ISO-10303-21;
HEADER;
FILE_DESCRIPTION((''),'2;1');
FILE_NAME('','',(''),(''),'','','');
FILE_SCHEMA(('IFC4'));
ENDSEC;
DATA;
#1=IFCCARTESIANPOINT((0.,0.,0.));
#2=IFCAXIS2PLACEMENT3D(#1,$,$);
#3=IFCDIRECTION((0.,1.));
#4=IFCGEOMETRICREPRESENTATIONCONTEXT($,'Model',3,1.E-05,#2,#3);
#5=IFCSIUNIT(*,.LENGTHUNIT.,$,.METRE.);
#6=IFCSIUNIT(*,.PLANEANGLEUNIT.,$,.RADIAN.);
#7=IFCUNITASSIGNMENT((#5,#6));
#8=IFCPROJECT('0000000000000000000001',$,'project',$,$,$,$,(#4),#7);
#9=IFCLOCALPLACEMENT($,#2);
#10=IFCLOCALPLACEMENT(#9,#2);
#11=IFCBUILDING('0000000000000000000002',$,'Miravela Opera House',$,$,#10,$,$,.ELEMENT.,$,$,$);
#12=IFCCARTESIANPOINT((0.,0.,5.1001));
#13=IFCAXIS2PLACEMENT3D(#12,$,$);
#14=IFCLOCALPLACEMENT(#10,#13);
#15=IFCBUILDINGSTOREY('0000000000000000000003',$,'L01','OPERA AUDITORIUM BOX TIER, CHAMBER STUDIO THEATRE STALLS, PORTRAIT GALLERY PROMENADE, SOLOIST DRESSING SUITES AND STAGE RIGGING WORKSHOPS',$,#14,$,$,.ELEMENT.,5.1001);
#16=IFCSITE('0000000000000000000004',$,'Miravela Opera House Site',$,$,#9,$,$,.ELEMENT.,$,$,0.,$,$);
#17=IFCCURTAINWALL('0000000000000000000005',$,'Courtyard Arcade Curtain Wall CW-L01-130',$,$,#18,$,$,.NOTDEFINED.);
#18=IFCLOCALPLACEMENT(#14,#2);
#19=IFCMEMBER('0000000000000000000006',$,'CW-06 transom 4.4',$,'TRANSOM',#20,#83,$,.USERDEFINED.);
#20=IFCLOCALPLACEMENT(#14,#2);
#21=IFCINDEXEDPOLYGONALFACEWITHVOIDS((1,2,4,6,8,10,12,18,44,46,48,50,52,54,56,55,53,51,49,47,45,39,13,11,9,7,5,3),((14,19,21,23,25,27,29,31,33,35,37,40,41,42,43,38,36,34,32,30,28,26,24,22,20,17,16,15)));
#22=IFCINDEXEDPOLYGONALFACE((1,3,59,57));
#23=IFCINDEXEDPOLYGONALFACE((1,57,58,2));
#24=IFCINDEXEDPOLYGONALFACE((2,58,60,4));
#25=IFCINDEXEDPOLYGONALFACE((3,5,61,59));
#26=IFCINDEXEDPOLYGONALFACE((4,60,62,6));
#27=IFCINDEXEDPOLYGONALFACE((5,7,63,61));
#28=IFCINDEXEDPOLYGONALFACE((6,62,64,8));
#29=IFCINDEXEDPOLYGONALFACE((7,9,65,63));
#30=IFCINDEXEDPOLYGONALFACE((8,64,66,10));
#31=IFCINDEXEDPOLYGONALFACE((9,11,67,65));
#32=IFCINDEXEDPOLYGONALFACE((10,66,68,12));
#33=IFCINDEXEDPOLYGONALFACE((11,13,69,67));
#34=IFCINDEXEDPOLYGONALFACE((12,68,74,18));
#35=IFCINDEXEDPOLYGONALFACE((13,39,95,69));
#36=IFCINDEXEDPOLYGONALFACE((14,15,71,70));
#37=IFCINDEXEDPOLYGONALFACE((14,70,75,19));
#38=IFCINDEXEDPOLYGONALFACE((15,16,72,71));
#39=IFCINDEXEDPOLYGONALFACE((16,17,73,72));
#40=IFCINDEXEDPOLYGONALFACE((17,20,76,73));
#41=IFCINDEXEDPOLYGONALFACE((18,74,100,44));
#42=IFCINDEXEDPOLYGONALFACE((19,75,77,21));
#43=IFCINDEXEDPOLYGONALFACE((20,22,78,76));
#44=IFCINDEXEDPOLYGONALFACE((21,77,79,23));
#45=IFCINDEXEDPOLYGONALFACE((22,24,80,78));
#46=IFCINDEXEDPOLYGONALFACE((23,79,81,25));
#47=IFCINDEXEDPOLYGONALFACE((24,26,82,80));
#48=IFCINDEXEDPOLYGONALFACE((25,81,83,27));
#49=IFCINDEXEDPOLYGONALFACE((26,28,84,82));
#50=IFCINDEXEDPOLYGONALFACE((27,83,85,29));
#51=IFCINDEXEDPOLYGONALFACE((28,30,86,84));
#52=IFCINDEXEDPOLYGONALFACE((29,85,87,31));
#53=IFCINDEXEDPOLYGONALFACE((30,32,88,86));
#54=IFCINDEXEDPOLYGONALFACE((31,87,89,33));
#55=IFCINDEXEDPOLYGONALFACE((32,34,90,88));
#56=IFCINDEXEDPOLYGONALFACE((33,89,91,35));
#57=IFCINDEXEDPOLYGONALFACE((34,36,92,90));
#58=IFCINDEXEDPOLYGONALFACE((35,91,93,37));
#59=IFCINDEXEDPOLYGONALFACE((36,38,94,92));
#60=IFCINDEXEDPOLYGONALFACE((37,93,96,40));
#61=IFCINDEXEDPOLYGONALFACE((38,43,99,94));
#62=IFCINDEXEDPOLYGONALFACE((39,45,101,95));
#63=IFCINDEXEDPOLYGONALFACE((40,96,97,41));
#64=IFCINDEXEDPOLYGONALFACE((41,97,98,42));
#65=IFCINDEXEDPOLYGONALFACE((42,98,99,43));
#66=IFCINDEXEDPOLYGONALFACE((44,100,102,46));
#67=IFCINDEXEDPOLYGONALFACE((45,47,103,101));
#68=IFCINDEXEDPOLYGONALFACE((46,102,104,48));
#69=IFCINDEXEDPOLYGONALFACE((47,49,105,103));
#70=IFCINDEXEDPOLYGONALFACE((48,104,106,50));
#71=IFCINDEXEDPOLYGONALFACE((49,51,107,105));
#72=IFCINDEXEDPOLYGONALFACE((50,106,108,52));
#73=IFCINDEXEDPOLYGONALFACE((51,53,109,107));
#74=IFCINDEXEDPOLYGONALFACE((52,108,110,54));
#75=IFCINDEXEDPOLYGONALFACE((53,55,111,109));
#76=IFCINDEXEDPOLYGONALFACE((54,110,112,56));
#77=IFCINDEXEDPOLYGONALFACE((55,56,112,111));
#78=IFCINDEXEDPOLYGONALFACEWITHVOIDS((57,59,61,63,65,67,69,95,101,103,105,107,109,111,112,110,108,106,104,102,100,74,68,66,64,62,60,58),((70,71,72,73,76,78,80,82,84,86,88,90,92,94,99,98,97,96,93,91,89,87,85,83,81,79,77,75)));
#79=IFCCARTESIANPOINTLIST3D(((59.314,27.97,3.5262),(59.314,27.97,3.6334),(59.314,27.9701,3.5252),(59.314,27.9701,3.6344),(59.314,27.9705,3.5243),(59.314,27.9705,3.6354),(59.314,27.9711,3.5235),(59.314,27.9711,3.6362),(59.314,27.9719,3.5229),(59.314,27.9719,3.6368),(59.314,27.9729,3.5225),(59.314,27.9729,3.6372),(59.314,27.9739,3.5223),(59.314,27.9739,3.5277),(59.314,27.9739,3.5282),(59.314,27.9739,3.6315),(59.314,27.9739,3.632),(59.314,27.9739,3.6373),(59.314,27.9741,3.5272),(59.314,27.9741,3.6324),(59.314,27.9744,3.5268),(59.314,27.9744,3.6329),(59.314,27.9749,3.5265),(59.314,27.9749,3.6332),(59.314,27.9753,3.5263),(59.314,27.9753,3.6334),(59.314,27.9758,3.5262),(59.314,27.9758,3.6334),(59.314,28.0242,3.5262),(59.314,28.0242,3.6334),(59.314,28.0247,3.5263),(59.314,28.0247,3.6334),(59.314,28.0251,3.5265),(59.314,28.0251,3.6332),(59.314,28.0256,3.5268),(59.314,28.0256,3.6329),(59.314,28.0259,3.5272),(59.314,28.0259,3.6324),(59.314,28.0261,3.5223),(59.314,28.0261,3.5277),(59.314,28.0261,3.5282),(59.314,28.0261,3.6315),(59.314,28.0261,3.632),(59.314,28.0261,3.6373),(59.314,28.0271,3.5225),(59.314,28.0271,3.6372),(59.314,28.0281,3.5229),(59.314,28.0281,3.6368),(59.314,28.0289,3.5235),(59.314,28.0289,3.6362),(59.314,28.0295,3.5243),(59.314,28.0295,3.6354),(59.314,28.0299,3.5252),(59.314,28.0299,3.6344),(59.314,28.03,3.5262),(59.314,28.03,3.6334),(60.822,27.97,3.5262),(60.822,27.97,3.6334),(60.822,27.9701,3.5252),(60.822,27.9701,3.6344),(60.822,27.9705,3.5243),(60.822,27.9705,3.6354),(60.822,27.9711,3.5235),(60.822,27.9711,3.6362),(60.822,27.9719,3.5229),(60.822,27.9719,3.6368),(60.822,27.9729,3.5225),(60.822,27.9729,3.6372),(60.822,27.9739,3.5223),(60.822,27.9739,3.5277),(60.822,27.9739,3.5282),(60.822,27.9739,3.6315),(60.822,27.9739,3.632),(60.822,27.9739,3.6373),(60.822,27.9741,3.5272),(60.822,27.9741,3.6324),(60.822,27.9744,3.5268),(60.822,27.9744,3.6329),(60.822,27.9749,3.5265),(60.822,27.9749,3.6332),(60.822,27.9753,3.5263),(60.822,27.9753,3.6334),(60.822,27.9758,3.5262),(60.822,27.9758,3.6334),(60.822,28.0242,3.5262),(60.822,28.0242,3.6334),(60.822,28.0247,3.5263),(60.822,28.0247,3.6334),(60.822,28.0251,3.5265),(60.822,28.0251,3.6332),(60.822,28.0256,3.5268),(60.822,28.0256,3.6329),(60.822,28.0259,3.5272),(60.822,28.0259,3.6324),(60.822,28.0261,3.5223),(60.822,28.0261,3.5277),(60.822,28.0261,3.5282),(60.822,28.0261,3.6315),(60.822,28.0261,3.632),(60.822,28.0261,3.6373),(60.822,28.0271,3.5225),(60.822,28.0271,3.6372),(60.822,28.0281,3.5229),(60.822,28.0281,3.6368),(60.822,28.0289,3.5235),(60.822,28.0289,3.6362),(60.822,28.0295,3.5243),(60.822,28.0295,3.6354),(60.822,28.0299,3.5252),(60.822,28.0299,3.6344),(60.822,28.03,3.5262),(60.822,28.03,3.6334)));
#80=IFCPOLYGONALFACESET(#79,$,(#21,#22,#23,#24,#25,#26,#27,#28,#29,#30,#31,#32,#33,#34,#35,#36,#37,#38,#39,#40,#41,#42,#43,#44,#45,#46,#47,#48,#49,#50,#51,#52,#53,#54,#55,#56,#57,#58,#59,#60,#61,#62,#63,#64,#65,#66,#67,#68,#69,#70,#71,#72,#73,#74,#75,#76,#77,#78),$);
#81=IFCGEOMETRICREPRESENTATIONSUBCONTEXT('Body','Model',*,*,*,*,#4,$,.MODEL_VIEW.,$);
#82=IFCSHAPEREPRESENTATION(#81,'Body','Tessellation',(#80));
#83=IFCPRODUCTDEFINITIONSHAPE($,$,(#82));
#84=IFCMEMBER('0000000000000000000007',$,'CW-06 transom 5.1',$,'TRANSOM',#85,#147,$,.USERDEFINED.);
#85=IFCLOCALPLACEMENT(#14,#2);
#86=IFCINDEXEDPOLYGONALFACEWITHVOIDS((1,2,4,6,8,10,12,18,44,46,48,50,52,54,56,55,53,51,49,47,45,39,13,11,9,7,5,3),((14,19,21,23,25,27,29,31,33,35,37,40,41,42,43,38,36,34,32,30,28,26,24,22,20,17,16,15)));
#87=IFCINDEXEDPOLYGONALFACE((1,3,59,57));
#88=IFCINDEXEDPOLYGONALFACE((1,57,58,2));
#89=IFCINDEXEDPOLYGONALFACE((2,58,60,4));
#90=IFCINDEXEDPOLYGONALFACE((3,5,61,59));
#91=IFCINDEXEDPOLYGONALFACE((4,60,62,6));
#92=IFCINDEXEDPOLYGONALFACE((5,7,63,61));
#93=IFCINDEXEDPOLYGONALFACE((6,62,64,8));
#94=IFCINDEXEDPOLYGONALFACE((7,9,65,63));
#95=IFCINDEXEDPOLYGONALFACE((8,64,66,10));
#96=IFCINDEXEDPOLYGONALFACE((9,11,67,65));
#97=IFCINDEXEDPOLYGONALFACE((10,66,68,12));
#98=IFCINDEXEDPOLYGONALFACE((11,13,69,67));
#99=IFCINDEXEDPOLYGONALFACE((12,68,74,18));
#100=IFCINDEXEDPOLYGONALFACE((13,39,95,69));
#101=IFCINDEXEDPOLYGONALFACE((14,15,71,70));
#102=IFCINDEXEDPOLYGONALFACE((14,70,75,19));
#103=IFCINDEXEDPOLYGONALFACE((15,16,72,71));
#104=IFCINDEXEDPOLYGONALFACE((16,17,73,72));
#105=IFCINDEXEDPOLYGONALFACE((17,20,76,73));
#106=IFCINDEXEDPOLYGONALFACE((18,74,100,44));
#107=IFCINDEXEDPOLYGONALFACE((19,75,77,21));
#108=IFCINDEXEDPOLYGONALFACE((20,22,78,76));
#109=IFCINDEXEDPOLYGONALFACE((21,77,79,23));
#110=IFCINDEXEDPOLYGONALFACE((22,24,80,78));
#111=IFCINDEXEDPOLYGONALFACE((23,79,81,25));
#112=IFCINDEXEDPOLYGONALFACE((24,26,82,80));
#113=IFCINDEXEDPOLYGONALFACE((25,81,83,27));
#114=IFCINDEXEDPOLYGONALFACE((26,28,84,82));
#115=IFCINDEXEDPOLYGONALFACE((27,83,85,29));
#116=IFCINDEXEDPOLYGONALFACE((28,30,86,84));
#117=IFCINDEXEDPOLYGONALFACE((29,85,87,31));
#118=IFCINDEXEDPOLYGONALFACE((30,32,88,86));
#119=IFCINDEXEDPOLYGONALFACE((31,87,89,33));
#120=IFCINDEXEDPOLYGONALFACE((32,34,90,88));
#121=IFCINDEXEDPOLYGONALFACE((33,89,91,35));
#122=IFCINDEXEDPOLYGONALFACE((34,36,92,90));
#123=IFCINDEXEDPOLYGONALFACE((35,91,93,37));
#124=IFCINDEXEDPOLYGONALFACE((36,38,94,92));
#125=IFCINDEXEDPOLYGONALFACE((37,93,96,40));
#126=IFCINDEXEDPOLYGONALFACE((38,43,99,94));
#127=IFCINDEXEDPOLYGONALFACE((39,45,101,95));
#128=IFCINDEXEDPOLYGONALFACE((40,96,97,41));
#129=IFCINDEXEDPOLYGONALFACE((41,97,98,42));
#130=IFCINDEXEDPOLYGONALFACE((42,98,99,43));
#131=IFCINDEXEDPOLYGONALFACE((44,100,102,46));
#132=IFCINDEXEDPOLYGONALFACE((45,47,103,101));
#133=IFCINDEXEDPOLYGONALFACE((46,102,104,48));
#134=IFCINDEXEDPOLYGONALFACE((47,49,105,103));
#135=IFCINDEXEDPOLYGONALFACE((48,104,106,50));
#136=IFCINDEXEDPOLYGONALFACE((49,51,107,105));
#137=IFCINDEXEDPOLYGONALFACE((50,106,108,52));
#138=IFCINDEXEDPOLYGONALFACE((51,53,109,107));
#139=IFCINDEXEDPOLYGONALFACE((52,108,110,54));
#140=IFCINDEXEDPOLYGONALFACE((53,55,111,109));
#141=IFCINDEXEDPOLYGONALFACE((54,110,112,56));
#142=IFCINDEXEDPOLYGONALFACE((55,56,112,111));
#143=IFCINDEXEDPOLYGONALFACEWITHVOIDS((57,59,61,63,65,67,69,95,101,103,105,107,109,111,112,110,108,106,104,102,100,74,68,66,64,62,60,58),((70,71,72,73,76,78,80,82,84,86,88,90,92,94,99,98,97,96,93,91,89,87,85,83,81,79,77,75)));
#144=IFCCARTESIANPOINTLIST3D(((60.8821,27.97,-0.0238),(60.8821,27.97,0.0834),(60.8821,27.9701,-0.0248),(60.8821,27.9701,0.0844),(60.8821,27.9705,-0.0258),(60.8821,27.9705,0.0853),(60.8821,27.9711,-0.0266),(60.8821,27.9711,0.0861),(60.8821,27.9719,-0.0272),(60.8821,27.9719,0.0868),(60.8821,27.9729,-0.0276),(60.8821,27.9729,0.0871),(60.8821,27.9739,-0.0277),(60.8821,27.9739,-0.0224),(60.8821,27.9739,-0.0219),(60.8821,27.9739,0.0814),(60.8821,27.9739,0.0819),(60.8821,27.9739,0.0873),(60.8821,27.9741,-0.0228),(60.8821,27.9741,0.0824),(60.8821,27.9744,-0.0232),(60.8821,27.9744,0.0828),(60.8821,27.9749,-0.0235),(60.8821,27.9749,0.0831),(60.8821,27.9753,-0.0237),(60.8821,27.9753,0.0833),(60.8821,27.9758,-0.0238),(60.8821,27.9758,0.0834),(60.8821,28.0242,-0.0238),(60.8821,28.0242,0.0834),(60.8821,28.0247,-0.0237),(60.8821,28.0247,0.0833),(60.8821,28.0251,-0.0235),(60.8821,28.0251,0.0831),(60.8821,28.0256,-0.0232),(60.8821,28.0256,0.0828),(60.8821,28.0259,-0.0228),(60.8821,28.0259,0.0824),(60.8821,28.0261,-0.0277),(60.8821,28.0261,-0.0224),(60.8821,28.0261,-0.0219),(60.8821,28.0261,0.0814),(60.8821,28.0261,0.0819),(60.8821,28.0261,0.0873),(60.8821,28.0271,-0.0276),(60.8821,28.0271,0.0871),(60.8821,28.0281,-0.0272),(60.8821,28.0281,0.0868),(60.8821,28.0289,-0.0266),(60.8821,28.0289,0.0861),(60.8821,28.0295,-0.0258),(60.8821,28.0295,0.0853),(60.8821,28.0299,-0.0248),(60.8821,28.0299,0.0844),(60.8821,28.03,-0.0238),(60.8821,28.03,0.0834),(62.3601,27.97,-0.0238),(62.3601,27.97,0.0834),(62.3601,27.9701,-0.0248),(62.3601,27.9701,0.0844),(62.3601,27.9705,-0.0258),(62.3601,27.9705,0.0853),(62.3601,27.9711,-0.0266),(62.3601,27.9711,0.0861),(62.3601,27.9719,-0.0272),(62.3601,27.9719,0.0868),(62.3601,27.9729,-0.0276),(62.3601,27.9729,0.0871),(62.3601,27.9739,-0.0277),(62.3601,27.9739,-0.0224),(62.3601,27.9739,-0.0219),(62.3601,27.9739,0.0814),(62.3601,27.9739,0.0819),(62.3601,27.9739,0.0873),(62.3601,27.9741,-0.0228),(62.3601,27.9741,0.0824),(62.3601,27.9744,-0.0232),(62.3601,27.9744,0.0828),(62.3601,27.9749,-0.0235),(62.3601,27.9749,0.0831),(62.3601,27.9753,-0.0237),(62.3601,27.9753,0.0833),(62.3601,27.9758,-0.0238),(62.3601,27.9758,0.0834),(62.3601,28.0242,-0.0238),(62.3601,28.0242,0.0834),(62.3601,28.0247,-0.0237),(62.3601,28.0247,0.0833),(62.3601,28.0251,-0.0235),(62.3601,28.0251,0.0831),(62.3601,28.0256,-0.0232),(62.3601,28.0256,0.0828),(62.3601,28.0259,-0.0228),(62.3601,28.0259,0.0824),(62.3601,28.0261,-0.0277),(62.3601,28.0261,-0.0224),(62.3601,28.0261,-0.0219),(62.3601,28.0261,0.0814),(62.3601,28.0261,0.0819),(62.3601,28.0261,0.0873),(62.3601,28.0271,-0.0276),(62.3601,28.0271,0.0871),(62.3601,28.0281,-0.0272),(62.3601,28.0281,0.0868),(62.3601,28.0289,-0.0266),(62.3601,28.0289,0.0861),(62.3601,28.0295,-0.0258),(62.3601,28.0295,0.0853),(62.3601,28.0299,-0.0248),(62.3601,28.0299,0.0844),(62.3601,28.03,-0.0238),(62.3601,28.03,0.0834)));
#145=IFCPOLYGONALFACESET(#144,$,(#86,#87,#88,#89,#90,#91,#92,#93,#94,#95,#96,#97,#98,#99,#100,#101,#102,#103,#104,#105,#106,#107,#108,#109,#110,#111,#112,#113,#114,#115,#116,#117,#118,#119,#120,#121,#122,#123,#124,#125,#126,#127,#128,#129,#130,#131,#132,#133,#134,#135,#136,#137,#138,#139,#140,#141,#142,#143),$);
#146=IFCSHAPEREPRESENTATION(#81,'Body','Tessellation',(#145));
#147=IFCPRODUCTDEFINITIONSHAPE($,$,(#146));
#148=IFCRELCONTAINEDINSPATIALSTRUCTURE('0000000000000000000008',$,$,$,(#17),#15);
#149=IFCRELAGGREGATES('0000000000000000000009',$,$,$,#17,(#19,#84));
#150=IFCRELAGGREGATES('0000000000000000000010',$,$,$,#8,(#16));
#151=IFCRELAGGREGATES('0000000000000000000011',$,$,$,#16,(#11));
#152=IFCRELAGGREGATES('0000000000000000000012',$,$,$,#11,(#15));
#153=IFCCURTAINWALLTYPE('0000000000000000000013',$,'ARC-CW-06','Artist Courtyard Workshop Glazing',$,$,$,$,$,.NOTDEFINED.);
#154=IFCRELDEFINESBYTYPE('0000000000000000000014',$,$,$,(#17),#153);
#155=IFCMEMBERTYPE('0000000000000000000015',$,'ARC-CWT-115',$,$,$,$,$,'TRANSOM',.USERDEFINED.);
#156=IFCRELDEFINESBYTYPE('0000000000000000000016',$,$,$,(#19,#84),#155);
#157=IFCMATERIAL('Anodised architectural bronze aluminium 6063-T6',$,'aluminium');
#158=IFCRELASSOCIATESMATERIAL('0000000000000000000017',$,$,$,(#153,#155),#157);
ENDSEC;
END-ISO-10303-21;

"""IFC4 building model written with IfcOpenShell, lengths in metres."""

from ifc_helpers import new_model, si_unit, direction, frame, origin, origin_2d, place, context, subcontext, project, spatial, hollow_rectangle, extrude, material, material_profile, profile_set, type_object, element, aggregate, save


model = new_model("IFC4")

# Units and contexts
model_context = context("Model", 3, precision=1e-05, world=origin(), true_north=direction((0.0, 1.0)))
body_context = subcontext(model_context, "Body", "Model", "MODEL_VIEW")
ifc_project = project(units=[si_unit("LENGTHUNIT", "METRE"), si_unit("PLANEANGLEUNIT", "RADIAN")], contexts=[model_context])

# Site, building, storey
site_placement = place(None, origin())
site = spatial("IfcSite", under=ifc_project, at=site_placement, Name="Miravela Opera House Site", CompositionType="ELEMENT", RefElevation=0.0)
building_placement = place(site_placement, origin())
building = spatial("IfcBuilding", under=site, at=building_placement, Name="Miravela Opera House", CompositionType="ELEMENT")
storey_placement = place(building_placement, frame((0.0, 0.0, 5.1001)))
storey = spatial("IfcBuildingStorey", under=building, at=storey_placement, Name="L01", Description="OPERA AUDITORIUM BOX TIER, CHAMBER STUDIO THEATRE STALLS, PORTRAIT GALLERY PROMENADE, SOLOIST DRESSING SUITES AND STAGE RIGGING WORKSHOPS", CompositionType="ELEMENT", Elevation=5.1001)

# Curtain wall
ifc_material_1 = material(Name="Anodised architectural bronze aluminium 6063-T6", Category="aluminium")
curtain_wall_type = type_object("IfcCurtainWallType", Name="ARC-CW-06", Description="Artist Courtyard Workshop Glazing", PredefinedType="NOTDEFINED", material=ifc_material_1)
curtain_wall_1_placement = place(storey_placement, origin())
curtain_wall_1 = element("IfcCurtainWall", 1, at=curtain_wall_1_placement, inside=storey, type_object=curtain_wall_type, Name="Courtyard Arcade Curtain Wall CW-L01-130", PredefinedType="NOTDEFINED")

# Members
ifc_material_profile_1 = material_profile(ifc_material_1, hollow_rectangle(XDim=0.0601, YDim=0.115, WallThickness=0.0039, InnerFilletRadius=0.002, OuterFilletRadius=0.0039, at=origin_2d()), Name="CWT-60X115")
ifc_profile_set_1 = profile_set([ifc_material_profile_1])
member_type_1 = type_object("IfcMemberType", Name="ARC-CWT-115", ElementType="TRANSOM", PredefinedType="USERDEFINED", material=ifc_profile_set_1)
member_1_placement = place(storey_placement, frame((59.314, 28.0, 3.5798), z_axis=(1.0, 0.0, 0.0), x_axis=(0.0, 1.0, 0.0)))
member_1 = element("IfcMember", 2, at=member_1_placement, type_object=member_type_1, Name="CW-06 transom 4.4", ObjectType="TRANSOM", PredefinedType="USERDEFINED", context=body_context, shape_type="SweptSolid", body=[
    extrude(hollow_rectangle(XDim=0.0601, YDim=0.115, WallThickness=0.0039, InnerFilletRadius=0.002, OuterFilletRadius=0.0039, at=origin_2d()), origin(), (0.0, 0.0, 1.0), 1.5081),
])
member_2_placement = place(storey_placement, frame((60.8821, 28.0, 0.0298), z_axis=(1.0, 0.0, 0.0), x_axis=(0.0, 1.0, 0.0)))
member_2 = element("IfcMember", 3, at=member_2_placement, type_object=member_type_1, Name="CW-06 transom 5.1", ObjectType="TRANSOM", PredefinedType="USERDEFINED", context=body_context, shape_type="SweptSolid", body=[
    extrude(hollow_rectangle(XDim=0.0601, YDim=0.115, WallThickness=0.0039, InnerFilletRadius=0.002, OuterFilletRadius=0.0039, at=origin_2d()), origin(), (0.0, 0.0, 1.0), 1.478),
])

aggregate(curtain_wall_1, [member_1, member_2])

save(model, "model.ifc")
